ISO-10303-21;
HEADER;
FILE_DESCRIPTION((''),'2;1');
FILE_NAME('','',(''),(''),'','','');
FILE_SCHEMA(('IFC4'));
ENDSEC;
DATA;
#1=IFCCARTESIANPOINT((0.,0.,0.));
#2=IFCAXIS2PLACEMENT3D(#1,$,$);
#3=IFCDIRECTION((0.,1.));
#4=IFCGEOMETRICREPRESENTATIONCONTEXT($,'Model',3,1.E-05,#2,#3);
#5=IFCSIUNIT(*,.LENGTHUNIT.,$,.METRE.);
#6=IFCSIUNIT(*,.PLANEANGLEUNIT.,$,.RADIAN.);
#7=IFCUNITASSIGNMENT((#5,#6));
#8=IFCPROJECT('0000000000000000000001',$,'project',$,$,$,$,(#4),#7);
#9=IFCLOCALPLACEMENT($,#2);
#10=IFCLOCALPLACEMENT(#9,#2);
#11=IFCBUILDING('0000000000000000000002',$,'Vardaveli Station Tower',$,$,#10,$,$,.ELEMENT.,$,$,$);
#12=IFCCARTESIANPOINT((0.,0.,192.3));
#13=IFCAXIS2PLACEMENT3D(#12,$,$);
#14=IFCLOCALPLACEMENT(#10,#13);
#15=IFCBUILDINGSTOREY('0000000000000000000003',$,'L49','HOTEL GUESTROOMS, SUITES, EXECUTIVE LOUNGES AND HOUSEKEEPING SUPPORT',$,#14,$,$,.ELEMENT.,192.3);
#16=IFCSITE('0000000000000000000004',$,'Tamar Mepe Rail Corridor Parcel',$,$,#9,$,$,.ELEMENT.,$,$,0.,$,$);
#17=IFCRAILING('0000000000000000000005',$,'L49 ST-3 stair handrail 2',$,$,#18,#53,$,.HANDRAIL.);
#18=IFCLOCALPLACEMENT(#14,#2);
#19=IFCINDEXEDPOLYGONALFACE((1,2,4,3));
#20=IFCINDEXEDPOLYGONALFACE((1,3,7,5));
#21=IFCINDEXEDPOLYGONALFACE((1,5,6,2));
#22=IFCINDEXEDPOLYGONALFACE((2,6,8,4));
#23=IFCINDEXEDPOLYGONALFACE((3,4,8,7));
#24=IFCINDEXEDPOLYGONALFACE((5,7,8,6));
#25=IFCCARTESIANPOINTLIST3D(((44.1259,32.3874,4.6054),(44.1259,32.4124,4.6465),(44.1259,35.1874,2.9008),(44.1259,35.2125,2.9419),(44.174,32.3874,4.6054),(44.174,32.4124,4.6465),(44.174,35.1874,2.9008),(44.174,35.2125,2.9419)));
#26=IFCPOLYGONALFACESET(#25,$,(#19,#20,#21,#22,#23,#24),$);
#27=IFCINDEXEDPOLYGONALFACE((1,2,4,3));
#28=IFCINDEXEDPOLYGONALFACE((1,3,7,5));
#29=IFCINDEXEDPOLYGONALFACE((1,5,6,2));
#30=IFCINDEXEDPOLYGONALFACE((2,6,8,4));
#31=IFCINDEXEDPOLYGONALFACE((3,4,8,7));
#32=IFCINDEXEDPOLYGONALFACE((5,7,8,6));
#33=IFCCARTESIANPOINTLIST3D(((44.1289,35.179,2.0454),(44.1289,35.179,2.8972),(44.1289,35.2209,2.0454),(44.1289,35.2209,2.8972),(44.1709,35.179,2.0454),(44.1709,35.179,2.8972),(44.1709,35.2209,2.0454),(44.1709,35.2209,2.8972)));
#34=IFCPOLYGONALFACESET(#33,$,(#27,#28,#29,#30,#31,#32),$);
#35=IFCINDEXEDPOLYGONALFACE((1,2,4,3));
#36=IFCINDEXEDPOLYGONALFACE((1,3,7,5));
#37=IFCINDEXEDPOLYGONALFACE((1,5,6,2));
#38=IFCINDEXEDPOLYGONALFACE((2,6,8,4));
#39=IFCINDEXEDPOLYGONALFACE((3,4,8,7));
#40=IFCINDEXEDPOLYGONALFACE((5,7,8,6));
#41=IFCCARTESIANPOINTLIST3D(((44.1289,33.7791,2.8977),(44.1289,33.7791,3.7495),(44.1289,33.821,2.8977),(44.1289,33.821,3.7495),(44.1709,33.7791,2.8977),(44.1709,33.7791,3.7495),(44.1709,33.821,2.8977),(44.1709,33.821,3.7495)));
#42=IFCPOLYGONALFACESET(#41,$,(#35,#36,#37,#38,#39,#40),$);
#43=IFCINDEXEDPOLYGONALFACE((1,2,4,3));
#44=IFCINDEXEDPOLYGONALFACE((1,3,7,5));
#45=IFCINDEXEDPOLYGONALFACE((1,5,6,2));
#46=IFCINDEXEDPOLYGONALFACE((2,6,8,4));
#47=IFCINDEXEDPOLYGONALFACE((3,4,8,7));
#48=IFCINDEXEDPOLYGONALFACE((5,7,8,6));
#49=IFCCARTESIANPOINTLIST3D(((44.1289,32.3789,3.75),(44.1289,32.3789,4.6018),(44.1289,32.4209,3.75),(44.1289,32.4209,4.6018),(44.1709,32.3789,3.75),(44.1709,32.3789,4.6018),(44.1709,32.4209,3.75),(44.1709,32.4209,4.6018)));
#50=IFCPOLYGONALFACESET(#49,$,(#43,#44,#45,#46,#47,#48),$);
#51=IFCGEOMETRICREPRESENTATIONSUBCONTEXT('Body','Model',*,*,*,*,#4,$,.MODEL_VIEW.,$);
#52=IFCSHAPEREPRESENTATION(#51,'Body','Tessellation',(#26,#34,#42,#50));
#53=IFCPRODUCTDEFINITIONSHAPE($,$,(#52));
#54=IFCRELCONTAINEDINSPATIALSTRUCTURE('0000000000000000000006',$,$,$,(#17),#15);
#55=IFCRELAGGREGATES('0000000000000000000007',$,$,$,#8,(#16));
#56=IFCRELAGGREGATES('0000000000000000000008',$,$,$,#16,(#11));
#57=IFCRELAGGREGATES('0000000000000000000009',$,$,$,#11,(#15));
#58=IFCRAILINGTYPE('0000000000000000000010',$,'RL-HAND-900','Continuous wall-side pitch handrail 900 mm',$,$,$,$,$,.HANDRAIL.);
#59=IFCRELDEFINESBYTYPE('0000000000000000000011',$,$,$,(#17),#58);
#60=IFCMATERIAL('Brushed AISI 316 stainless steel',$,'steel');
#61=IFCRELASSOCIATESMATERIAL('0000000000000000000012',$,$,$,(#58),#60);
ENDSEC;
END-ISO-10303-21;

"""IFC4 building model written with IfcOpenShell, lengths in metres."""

from ifc_helpers import new_model, si_unit, direction, frame, origin, origin_2d, place, context, subcontext, project, spatial, rectangle, extrude, source, transform, mapped, material, type_object, element, save


model = new_model("IFC4")

# Units and contexts
model_context = context("Model", 3, precision=1e-05, world=origin(), true_north=direction((0.0, 1.0)))
body_context = subcontext(model_context, "Body", "Model", "MODEL_VIEW")
ifc_project = project(units=[si_unit("LENGTHUNIT", "METRE"), si_unit("PLANEANGLEUNIT", "RADIAN")], contexts=[model_context])

# Site, building, storey
site_placement = place(None, origin())
site = spatial("IfcSite", under=ifc_project, at=site_placement, Name="Tamar Mepe Rail Corridor Parcel", CompositionType="ELEMENT", RefElevation=0.0)
building_placement = place(site_placement, origin())
building = spatial("IfcBuilding", under=site, at=building_placement, Name="Vardaveli Station Tower", CompositionType="ELEMENT")
storey_placement = place(building_placement, frame((0.0, 0.0, 192.3)))
storey = spatial("IfcBuildingStorey", under=building, at=storey_placement, Name="L49", Description="HOTEL GUESTROOMS, SUITES, EXECUTIVE LOUNGES AND HOUSEKEEPING SUPPORT", CompositionType="ELEMENT", Elevation=192.3)

# Railing
ifc_material_1 = material(Name="Brushed AISI 316 stainless steel", Category="steel")
railing_type_1 = type_object("IfcRailingType", Name="RL-HAND-900", Description="Continuous wall-side pitch handrail 900 mm", PredefinedType="HANDRAIL", material=ifc_material_1)
shared_shape_1 = source(origin(), body_context, "Body", "SweptSolid", [
    extrude(rectangle(XDim=0.0481, YDim=0.0481, at=origin_2d()), frame((0.0, 0.0, 0.876), z_axis=(0.0, -0.85417, 0.519994), x_axis=(1.0, 0.0, 0.0)), (0.0, 0.0, 1.0), 3.2781),
    extrude(rectangle(XDim=0.042, YDim=0.042, at=origin_2d()), origin(), (0.0, 0.0, 1.0), 0.8518),
    extrude(rectangle(XDim=0.042, YDim=0.042, at=origin_2d()), frame((0.0, -1.3999, 0.8523)), (0.0, 0.0, 1.0), 0.8518),
    extrude(rectangle(XDim=0.042, YDim=0.042, at=origin_2d()), frame((0.0, -2.8, 1.7046)), (0.0, 0.0, 1.0), 0.8518),
])
railing_1_placement = place(storey_placement, frame((44.1499, 35.2, 2.0454)))
element("IfcRailing", 1, at=railing_1_placement, inside=storey, type_object=railing_type_1, Name="L49 ST-3 stair handrail 2", PredefinedType="HANDRAIL", context=body_context, shape_type="MappedRepresentation", body=[
    mapped(shared_shape_1, transform((0.0, 0.0, 0.0), scale=1.0)),
])

save(model, "model.ifc")
